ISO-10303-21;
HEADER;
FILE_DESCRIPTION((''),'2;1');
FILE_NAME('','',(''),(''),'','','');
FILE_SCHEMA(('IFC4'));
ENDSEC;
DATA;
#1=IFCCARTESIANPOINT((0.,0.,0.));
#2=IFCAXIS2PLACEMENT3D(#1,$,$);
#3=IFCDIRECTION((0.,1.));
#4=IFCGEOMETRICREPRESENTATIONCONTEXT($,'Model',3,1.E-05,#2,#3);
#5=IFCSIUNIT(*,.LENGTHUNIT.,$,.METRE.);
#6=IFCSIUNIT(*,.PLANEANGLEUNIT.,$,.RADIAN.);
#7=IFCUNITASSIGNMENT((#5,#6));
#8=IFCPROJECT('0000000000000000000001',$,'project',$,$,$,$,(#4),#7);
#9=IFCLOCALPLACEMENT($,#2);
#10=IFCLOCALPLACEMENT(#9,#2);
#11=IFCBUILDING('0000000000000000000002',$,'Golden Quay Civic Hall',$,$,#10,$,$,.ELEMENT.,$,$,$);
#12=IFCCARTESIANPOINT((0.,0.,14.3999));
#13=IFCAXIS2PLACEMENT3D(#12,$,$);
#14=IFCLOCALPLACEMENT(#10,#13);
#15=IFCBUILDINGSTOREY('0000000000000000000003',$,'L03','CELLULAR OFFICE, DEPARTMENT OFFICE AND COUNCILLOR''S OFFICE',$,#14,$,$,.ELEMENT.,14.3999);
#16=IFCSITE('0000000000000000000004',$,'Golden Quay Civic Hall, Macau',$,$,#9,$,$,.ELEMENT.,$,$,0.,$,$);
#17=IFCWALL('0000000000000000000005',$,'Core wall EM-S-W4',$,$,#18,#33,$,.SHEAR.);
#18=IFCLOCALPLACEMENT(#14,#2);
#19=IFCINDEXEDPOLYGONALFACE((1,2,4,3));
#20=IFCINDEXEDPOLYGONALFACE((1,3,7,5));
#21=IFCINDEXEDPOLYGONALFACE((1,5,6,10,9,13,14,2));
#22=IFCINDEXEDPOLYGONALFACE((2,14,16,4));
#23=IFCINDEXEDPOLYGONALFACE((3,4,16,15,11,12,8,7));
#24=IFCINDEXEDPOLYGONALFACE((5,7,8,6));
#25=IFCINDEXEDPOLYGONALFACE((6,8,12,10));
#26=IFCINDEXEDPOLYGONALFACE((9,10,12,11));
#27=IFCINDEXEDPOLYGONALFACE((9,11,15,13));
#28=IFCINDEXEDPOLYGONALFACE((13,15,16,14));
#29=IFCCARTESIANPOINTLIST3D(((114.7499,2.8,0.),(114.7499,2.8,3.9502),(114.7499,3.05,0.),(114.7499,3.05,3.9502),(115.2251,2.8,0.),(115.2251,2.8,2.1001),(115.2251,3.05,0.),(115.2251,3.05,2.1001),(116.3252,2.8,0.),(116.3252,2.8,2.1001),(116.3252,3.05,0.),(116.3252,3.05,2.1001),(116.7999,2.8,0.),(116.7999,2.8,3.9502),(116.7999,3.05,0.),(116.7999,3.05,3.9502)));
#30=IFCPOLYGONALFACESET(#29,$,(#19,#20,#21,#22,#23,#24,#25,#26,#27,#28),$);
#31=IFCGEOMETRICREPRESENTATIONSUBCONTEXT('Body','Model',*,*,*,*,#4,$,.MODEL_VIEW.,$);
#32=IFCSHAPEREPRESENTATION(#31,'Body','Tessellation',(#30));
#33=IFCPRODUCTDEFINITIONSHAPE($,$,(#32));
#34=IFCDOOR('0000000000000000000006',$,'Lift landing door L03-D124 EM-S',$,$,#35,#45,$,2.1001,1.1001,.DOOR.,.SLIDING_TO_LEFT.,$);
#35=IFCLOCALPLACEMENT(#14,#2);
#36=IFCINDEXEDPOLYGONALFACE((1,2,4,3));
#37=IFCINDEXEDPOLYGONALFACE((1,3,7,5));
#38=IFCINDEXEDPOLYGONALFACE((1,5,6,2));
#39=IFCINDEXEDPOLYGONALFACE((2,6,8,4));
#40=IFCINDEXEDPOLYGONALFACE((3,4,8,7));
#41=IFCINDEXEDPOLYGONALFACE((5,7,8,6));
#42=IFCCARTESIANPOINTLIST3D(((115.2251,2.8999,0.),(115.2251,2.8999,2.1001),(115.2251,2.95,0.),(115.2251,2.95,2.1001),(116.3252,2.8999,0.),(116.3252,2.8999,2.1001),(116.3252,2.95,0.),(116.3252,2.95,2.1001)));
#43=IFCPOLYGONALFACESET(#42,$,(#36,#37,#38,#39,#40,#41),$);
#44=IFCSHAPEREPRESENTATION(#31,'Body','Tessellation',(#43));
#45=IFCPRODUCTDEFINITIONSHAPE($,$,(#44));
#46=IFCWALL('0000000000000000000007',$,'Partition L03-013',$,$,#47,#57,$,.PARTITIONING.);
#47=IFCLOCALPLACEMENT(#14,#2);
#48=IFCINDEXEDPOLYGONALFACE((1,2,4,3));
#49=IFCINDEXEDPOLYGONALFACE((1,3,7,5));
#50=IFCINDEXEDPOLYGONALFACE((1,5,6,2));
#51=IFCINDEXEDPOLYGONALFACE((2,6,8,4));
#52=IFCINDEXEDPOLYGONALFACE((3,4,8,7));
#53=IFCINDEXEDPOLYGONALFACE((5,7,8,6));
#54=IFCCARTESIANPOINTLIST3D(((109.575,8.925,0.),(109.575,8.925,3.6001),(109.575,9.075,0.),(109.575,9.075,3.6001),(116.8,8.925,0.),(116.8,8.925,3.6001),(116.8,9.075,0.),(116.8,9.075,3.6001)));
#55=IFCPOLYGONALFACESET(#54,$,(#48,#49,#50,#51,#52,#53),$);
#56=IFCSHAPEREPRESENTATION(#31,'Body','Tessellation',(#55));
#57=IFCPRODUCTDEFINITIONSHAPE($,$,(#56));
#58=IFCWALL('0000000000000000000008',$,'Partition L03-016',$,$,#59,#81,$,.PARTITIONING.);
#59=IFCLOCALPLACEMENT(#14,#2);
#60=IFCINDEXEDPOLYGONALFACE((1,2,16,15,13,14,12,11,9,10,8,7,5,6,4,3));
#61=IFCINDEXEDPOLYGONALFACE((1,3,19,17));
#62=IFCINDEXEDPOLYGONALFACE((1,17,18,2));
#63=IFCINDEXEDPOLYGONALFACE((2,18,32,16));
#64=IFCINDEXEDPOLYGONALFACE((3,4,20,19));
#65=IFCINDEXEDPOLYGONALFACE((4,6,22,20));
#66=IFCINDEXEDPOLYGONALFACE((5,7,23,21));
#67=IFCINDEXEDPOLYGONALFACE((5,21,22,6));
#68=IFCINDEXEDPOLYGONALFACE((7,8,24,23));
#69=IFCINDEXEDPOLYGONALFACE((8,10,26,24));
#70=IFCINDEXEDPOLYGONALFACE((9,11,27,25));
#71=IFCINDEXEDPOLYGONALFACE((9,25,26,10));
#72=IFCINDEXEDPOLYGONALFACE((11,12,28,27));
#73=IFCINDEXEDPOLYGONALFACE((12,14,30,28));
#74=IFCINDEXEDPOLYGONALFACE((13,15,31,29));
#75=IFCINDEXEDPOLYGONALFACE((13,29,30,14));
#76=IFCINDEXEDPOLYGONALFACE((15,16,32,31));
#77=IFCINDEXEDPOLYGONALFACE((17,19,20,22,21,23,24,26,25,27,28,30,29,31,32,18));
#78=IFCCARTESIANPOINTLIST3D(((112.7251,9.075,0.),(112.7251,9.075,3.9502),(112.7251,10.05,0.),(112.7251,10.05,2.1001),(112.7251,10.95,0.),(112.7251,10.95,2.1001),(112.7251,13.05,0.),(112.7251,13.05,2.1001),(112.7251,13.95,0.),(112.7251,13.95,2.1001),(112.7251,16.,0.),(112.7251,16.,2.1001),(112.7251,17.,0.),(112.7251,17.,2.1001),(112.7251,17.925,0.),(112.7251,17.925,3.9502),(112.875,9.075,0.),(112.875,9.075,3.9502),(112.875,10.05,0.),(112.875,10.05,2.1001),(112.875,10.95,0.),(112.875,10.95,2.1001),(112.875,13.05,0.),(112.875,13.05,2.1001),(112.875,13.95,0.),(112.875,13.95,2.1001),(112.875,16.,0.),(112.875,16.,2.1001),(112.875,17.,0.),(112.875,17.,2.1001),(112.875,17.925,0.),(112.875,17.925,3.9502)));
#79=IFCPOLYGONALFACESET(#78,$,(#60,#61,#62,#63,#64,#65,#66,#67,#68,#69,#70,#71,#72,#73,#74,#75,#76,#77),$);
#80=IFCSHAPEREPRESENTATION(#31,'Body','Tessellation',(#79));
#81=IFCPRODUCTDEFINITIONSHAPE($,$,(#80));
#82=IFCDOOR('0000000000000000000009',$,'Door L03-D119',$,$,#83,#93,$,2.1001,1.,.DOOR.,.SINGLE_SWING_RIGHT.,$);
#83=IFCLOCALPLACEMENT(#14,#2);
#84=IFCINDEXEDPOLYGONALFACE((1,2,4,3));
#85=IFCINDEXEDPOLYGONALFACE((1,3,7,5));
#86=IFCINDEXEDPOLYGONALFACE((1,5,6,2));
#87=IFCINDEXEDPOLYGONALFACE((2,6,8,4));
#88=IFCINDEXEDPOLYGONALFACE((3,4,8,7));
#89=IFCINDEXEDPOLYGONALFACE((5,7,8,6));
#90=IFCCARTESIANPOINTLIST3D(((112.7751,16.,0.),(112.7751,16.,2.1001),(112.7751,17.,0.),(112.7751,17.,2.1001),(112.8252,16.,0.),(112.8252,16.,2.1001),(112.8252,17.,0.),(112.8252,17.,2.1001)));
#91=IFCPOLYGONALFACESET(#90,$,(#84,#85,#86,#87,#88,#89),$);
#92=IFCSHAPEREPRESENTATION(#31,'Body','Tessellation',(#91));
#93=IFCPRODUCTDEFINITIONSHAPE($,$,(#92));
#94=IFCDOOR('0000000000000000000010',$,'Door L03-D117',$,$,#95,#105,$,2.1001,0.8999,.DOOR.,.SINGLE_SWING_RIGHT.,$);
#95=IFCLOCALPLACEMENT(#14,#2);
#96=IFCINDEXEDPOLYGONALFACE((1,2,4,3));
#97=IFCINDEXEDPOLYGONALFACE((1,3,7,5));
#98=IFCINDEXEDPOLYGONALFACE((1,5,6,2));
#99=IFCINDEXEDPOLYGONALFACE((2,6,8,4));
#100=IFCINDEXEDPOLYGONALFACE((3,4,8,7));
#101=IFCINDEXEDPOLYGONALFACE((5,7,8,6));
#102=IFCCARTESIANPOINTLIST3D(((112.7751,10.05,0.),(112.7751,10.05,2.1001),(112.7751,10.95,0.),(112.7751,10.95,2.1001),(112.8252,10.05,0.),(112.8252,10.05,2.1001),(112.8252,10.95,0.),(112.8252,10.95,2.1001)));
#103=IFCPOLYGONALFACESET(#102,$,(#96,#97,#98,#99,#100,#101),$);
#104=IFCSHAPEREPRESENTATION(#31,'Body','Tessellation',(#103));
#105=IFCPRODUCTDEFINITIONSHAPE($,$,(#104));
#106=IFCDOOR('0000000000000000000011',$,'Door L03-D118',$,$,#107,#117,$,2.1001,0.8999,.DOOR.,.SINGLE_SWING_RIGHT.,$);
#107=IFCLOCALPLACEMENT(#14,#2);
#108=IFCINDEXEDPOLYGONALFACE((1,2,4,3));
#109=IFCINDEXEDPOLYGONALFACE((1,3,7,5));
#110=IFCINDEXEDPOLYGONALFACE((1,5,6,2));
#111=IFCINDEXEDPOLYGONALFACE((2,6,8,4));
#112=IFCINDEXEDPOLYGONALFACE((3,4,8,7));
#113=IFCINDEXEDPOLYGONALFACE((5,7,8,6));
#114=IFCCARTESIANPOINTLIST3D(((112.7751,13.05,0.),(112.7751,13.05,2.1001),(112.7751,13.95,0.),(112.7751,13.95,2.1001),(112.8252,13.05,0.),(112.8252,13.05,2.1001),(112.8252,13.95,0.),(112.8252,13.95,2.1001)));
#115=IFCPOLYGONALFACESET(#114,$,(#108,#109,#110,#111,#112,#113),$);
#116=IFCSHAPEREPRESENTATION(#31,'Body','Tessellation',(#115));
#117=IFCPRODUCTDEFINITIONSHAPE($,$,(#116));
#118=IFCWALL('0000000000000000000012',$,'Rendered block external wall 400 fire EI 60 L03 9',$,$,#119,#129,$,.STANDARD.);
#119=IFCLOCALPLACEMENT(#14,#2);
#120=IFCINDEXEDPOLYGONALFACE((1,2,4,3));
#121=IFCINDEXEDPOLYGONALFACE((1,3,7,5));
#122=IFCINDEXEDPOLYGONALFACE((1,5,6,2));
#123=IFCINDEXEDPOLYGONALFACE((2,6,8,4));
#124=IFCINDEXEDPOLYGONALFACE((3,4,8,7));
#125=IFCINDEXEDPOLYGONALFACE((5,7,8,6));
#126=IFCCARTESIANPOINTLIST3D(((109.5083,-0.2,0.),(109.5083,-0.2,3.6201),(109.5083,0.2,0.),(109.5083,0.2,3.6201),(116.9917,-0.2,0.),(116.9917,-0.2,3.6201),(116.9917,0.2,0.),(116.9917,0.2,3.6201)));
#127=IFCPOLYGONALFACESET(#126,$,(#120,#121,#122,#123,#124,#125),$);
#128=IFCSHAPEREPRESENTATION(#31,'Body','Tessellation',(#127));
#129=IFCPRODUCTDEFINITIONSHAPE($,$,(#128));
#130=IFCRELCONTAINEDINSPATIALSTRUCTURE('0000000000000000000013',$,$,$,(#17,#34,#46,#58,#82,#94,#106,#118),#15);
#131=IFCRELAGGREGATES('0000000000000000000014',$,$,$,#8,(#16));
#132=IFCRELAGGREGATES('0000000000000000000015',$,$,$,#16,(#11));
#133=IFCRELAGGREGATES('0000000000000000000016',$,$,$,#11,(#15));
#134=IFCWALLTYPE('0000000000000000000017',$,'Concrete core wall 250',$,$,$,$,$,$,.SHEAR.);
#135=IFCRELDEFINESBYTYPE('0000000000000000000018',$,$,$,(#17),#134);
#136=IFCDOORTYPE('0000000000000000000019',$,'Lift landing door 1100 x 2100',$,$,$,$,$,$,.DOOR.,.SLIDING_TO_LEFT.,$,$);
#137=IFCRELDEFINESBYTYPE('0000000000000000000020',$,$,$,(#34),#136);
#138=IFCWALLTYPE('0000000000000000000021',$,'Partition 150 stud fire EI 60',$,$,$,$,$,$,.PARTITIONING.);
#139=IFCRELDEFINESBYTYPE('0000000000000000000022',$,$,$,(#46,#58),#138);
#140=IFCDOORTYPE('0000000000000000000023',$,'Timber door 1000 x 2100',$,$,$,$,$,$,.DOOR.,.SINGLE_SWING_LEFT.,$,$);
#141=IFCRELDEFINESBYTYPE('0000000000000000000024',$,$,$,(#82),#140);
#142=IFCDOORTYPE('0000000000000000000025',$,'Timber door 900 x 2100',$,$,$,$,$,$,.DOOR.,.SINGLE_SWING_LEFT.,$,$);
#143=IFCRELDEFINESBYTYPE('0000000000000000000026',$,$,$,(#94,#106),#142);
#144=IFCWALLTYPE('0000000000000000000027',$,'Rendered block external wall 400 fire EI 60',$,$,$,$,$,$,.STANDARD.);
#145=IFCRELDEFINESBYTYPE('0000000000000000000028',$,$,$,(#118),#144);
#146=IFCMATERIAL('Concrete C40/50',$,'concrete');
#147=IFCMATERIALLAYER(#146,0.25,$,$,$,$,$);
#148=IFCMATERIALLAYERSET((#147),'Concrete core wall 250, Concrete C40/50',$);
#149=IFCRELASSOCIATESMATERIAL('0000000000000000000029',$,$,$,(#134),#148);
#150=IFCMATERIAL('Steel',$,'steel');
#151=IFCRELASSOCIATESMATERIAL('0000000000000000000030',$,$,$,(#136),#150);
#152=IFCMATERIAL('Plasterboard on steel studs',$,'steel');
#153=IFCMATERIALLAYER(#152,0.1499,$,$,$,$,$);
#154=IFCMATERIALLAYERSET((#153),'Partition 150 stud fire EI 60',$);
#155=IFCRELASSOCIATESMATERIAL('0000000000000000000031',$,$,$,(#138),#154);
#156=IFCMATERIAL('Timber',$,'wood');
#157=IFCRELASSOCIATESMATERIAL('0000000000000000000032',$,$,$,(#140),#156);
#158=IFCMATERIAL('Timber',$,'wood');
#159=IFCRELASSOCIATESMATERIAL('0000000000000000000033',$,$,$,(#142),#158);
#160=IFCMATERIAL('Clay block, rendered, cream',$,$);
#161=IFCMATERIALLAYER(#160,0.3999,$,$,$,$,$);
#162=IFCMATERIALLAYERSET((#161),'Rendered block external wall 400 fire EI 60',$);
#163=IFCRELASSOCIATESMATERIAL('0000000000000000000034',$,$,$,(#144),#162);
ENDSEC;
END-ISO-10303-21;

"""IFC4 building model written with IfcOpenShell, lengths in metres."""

from ifc_helpers import new_model, si_unit, direction, frame, frame_2d, origin, place, context, subcontext, project, spatial, rectangle, extrude, material, layer, layer_set, type_object, element, fill, save


model = new_model("IFC4")

# Units and contexts
model_context = context("Model", 3, precision=1e-05, world=origin(), true_north=direction((0.0, 1.0)))
body_context = subcontext(model_context, "Body", "Model", "MODEL_VIEW")
ifc_project = project(units=[si_unit("LENGTHUNIT", "METRE"), si_unit("PLANEANGLEUNIT", "RADIAN")], contexts=[model_context])

# Site, building, storey
site_placement = place(None, origin())
site = spatial("IfcSite", under=ifc_project, at=site_placement, Name="Golden Quay Civic Hall, Macau", CompositionType="ELEMENT", RefElevation=0.0)
building_placement = place(site_placement, origin())
building = spatial("IfcBuilding", under=site, at=building_placement, Name="Golden Quay Civic Hall", CompositionType="ELEMENT")
storey_placement = place(building_placement, frame((0.0, 0.0, 14.3999)))
storey = spatial("IfcBuildingStorey", under=building, at=storey_placement, Name="L03", Description="CELLULAR OFFICE, DEPARTMENT OFFICE AND COUNCILLOR'S OFFICE", CompositionType="ELEMENT", Elevation=14.3999)

# Shared definitions
ifc_material_1 = material(Name="Concrete C40/50", Category="concrete")
ifc_layer_1 = layer(ifc_material_1, 0.25)
ifc_layer_set_1 = layer_set([ifc_layer_1], Name="Concrete core wall 250, Concrete C40/50")
wall_type_1 = type_object("IfcWallType", Name="Concrete core wall 250", PredefinedType="SHEAR", material=ifc_layer_set_1)

# Wall, opening, door
wall_1_placement = place(storey_placement, frame((114.75, 2.925, 0.0), z_axis=(0.0, 0.0, 1.0), x_axis=(1.0, 0.0, 0.0)))
wall_1 = element("IfcWall", 1, at=wall_1_placement, inside=storey, type_object=wall_type_1, Name="Core wall EM-S-W4", PredefinedType="SHEAR", context=body_context, shape_type="SweptSolid", body=[
    extrude(rectangle(XDim=2.05, YDim=0.25, at=frame_2d((1.0249, 0.0))), origin(), (0.0, 0.0, 1.0), 3.9502),
])
opening_1_placement = place(wall_1_placement, frame((0.4751, 0.0, 0.0)))
opening_1 = element("IfcOpeningElement", 2, at=opening_1_placement, cuts=wall_1, PredefinedType="OPENING", context=body_context, shape_type="SweptSolid", body=[
    extrude(rectangle(XDim=1.1001, YDim=2.1001, at=frame_2d((0.55, 1.05))), frame((0.0, 0.135, 0.0), z_axis=(0.0, -1.0, 0.0), x_axis=(1.0, 0.0, 0.0)), (0.0, 0.0, 1.0), 0.27),
])
ifc_material_2 = material(Name="Steel", Category="steel")
door_type_1 = type_object("IfcDoorType", Name="Lift landing door 1100 x 2100", OperationType="SLIDING_TO_LEFT", PredefinedType="DOOR", material=ifc_material_2)
door_1_placement = place(opening_1_placement, origin())
door_1 = element("IfcDoor", 3, at=door_1_placement, inside=storey, type_object=door_type_1, Name="Lift landing door L03-D124 EM-S", OperationType="SLIDING_TO_LEFT", OverallHeight=2.1001, OverallWidth=1.1001, PredefinedType="DOOR", context=body_context, shape_type="SweptSolid", body=[
    extrude(rectangle(XDim=1.1001, YDim=2.1001, at=frame_2d((0.55, 1.05))), frame((0.0, 0.0249, 0.0), z_axis=(0.0, -1.0, 0.0), x_axis=(1.0, 0.0, 0.0)), (0.0, 0.0, 1.0), 0.05),
])
fill(opening_1, door_1)

# Wall
ifc_material_3 = material(Name="Plasterboard on steel studs", Category="steel")
ifc_layer_2 = layer(ifc_material_3, 0.1499)
ifc_layer_set_2 = layer_set([ifc_layer_2], Name="Partition 150 stud fire EI 60")
wall_type_2 = type_object("IfcWallType", Name="Partition 150 stud fire EI 60", PredefinedType="PARTITIONING", material=ifc_layer_set_2)
wall_2_placement = place(storey_placement, frame((109.575, 9.0, 0.0), z_axis=(0.0, 0.0, 1.0), x_axis=(1.0, 0.0, 0.0)))
element("IfcWall", 4, at=wall_2_placement, inside=storey, type_object=wall_type_2, Name="Partition L03-013", PredefinedType="PARTITIONING", context=body_context, shape_type="SweptSolid", body=[
    extrude(rectangle(XDim=7.2251, YDim=0.1499, at=frame_2d((3.6125, 0.0))), origin(), (0.0, 0.0, 1.0), 3.6001),
])

# Wall, openings, doors
wall_3_placement = place(storey_placement, frame((112.8, 9.075, 0.0), z_axis=(0.0, 0.0, 1.0), x_axis=(0.0, 1.0, 0.0)))
wall_3 = element("IfcWall", 5, at=wall_3_placement, inside=storey, type_object=wall_type_2, Name="Partition L03-016", PredefinedType="PARTITIONING", context=body_context, shape_type="SweptSolid", body=[
    extrude(rectangle(XDim=8.8501, YDim=0.1499, at=frame_2d((4.425, 0.0))), origin(), (0.0, 0.0, 1.0), 3.9502),
])
opening_2_placement = place(wall_3_placement, frame((0.9751, 0.0, 0.0)))
opening_2 = element("IfcOpeningElement", 6, at=opening_2_placement, cuts=wall_3, PredefinedType="OPENING", context=body_context, shape_type="SweptSolid", body=[
    extrude(rectangle(XDim=0.8999, YDim=2.1001, at=frame_2d((0.45, 1.05))), frame((0.0, 0.085, 0.0), z_axis=(0.0, -1.0, 0.0), x_axis=(1.0, 0.0, 0.0)), (0.0, 0.0, 1.0), 0.1699),
])
opening_3_placement = place(wall_3_placement, frame((3.9751, 0.0, 0.0)))
opening_3 = element("IfcOpeningElement", 7, at=opening_3_placement, cuts=wall_3, PredefinedType="OPENING", context=body_context, shape_type="SweptSolid", body=[
    extrude(rectangle(XDim=0.8999, YDim=2.1001, at=frame_2d((0.45, 1.05))), frame((0.0, 0.085, 0.0), z_axis=(0.0, -1.0, 0.0), x_axis=(1.0, 0.0, 0.0)), (0.0, 0.0, 1.0), 0.1699),
])
opening_4_placement = place(wall_3_placement, frame((6.925, 0.0, 0.0)))
opening_4 = element("IfcOpeningElement", 8, at=opening_4_placement, cuts=wall_3, PredefinedType="OPENING", context=body_context, shape_type="SweptSolid", body=[
    extrude(rectangle(XDim=1.0, YDim=2.1001, at=frame_2d((0.5, 1.05))), frame((0.0, 0.085, 0.0), z_axis=(0.0, -1.0, 0.0), x_axis=(1.0, 0.0, 0.0)), (0.0, 0.0, 1.0), 0.1699),
])
ifc_material_4 = material(Name="Timber", Category="wood")
door_type_2 = type_object("IfcDoorType", Name="Timber door 1000 x 2100", OperationType="SINGLE_SWING_LEFT", PredefinedType="DOOR", material=ifc_material_4)
door_2_placement = place(opening_4_placement, frame((1.0, 0.0, 0.0), z_axis=(0.0, 0.0, 1.0), x_axis=(-1.0, 0.0, 0.0)))
door_2 = element("IfcDoor", 9, at=door_2_placement, inside=storey, type_object=door_type_2, Name="Door L03-D119", OperationType="SINGLE_SWING_RIGHT", OverallHeight=2.1001, OverallWidth=1.0, PredefinedType="DOOR", context=body_context, shape_type="SweptSolid", body=[
    extrude(rectangle(XDim=1.0, YDim=2.1001, at=frame_2d((0.5, 1.05))), frame((0.0, 0.0251, 0.0), z_axis=(0.0, -1.0, 0.0), x_axis=(1.0, 0.0, 0.0)), (0.0, 0.0, 1.0), 0.05),
])
fill(opening_4, door_2)
ifc_material_5 = material(Name="Timber", Category="wood")
door_type_3 = type_object("IfcDoorType", Name="Timber door 900 x 2100", OperationType="SINGLE_SWING_LEFT", PredefinedType="DOOR", material=ifc_material_5)
door_3_placement = place(opening_2_placement, frame((0.8999, 0.0, 0.0), z_axis=(0.0, 0.0, 1.0), x_axis=(-1.0, 0.0, 0.0)))
door_3 = element("IfcDoor", 10, at=door_3_placement, inside=storey, type_object=door_type_3, Name="Door L03-D117", OperationType="SINGLE_SWING_RIGHT", OverallHeight=2.1001, OverallWidth=0.8999, PredefinedType="DOOR", context=body_context, shape_type="SweptSolid", body=[
    extrude(rectangle(XDim=0.8999, YDim=2.1001, at=frame_2d((0.45, 1.05))), frame((0.0, 0.0251, 0.0), z_axis=(0.0, -1.0, 0.0), x_axis=(1.0, 0.0, 0.0)), (0.0, 0.0, 1.0), 0.05),
])
fill(opening_2, door_3)
door_4_placement = place(opening_3_placement, frame((0.8999, 0.0, 0.0), z_axis=(0.0, 0.0, 1.0), x_axis=(-1.0, 0.0, 0.0)))
door_4 = element("IfcDoor", 11, at=door_4_placement, inside=storey, type_object=door_type_3, Name="Door L03-D118", OperationType="SINGLE_SWING_RIGHT", OverallHeight=2.1001, OverallWidth=0.8999, PredefinedType="DOOR", context=body_context, shape_type="SweptSolid", body=[
    extrude(rectangle(XDim=0.8999, YDim=2.1001, at=frame_2d((0.45, 1.05))), frame((0.0, 0.0251, 0.0), z_axis=(0.0, -1.0, 0.0), x_axis=(1.0, 0.0, 0.0)), (0.0, 0.0, 1.0), 0.05),
])
fill(opening_3, door_4)

# Wall
ifc_material_6 = material(Name="Clay block, rendered, cream")
ifc_layer_3 = layer(ifc_material_6, 0.3999)
ifc_layer_set_3 = layer_set([ifc_layer_3], Name="Rendered block external wall 400 fire EI 60")
wall_type_3 = type_object("IfcWallType", Name="Rendered block external wall 400 fire EI 60", PredefinedType="STANDARD", material=ifc_layer_set_3)
wall_4_placement = place(storey_placement, frame((116.9917, 0.0, 0.0), z_axis=(0.0, 0.0, 1.0), x_axis=(-1.0, 0.0, 0.0)))
element("IfcWall", 12, at=wall_4_placement, inside=storey, type_object=wall_type_3, Name="Rendered block external wall 400 fire EI 60 L03 9", PredefinedType="STANDARD", context=body_context, shape_type="SweptSolid", body=[
    extrude(rectangle(XDim=7.4834, YDim=0.3999, at=frame_2d((3.7417, 0.0))), origin(), (0.0, 0.0, 1.0), 3.6201),
])

save(model, "model.ifc")
